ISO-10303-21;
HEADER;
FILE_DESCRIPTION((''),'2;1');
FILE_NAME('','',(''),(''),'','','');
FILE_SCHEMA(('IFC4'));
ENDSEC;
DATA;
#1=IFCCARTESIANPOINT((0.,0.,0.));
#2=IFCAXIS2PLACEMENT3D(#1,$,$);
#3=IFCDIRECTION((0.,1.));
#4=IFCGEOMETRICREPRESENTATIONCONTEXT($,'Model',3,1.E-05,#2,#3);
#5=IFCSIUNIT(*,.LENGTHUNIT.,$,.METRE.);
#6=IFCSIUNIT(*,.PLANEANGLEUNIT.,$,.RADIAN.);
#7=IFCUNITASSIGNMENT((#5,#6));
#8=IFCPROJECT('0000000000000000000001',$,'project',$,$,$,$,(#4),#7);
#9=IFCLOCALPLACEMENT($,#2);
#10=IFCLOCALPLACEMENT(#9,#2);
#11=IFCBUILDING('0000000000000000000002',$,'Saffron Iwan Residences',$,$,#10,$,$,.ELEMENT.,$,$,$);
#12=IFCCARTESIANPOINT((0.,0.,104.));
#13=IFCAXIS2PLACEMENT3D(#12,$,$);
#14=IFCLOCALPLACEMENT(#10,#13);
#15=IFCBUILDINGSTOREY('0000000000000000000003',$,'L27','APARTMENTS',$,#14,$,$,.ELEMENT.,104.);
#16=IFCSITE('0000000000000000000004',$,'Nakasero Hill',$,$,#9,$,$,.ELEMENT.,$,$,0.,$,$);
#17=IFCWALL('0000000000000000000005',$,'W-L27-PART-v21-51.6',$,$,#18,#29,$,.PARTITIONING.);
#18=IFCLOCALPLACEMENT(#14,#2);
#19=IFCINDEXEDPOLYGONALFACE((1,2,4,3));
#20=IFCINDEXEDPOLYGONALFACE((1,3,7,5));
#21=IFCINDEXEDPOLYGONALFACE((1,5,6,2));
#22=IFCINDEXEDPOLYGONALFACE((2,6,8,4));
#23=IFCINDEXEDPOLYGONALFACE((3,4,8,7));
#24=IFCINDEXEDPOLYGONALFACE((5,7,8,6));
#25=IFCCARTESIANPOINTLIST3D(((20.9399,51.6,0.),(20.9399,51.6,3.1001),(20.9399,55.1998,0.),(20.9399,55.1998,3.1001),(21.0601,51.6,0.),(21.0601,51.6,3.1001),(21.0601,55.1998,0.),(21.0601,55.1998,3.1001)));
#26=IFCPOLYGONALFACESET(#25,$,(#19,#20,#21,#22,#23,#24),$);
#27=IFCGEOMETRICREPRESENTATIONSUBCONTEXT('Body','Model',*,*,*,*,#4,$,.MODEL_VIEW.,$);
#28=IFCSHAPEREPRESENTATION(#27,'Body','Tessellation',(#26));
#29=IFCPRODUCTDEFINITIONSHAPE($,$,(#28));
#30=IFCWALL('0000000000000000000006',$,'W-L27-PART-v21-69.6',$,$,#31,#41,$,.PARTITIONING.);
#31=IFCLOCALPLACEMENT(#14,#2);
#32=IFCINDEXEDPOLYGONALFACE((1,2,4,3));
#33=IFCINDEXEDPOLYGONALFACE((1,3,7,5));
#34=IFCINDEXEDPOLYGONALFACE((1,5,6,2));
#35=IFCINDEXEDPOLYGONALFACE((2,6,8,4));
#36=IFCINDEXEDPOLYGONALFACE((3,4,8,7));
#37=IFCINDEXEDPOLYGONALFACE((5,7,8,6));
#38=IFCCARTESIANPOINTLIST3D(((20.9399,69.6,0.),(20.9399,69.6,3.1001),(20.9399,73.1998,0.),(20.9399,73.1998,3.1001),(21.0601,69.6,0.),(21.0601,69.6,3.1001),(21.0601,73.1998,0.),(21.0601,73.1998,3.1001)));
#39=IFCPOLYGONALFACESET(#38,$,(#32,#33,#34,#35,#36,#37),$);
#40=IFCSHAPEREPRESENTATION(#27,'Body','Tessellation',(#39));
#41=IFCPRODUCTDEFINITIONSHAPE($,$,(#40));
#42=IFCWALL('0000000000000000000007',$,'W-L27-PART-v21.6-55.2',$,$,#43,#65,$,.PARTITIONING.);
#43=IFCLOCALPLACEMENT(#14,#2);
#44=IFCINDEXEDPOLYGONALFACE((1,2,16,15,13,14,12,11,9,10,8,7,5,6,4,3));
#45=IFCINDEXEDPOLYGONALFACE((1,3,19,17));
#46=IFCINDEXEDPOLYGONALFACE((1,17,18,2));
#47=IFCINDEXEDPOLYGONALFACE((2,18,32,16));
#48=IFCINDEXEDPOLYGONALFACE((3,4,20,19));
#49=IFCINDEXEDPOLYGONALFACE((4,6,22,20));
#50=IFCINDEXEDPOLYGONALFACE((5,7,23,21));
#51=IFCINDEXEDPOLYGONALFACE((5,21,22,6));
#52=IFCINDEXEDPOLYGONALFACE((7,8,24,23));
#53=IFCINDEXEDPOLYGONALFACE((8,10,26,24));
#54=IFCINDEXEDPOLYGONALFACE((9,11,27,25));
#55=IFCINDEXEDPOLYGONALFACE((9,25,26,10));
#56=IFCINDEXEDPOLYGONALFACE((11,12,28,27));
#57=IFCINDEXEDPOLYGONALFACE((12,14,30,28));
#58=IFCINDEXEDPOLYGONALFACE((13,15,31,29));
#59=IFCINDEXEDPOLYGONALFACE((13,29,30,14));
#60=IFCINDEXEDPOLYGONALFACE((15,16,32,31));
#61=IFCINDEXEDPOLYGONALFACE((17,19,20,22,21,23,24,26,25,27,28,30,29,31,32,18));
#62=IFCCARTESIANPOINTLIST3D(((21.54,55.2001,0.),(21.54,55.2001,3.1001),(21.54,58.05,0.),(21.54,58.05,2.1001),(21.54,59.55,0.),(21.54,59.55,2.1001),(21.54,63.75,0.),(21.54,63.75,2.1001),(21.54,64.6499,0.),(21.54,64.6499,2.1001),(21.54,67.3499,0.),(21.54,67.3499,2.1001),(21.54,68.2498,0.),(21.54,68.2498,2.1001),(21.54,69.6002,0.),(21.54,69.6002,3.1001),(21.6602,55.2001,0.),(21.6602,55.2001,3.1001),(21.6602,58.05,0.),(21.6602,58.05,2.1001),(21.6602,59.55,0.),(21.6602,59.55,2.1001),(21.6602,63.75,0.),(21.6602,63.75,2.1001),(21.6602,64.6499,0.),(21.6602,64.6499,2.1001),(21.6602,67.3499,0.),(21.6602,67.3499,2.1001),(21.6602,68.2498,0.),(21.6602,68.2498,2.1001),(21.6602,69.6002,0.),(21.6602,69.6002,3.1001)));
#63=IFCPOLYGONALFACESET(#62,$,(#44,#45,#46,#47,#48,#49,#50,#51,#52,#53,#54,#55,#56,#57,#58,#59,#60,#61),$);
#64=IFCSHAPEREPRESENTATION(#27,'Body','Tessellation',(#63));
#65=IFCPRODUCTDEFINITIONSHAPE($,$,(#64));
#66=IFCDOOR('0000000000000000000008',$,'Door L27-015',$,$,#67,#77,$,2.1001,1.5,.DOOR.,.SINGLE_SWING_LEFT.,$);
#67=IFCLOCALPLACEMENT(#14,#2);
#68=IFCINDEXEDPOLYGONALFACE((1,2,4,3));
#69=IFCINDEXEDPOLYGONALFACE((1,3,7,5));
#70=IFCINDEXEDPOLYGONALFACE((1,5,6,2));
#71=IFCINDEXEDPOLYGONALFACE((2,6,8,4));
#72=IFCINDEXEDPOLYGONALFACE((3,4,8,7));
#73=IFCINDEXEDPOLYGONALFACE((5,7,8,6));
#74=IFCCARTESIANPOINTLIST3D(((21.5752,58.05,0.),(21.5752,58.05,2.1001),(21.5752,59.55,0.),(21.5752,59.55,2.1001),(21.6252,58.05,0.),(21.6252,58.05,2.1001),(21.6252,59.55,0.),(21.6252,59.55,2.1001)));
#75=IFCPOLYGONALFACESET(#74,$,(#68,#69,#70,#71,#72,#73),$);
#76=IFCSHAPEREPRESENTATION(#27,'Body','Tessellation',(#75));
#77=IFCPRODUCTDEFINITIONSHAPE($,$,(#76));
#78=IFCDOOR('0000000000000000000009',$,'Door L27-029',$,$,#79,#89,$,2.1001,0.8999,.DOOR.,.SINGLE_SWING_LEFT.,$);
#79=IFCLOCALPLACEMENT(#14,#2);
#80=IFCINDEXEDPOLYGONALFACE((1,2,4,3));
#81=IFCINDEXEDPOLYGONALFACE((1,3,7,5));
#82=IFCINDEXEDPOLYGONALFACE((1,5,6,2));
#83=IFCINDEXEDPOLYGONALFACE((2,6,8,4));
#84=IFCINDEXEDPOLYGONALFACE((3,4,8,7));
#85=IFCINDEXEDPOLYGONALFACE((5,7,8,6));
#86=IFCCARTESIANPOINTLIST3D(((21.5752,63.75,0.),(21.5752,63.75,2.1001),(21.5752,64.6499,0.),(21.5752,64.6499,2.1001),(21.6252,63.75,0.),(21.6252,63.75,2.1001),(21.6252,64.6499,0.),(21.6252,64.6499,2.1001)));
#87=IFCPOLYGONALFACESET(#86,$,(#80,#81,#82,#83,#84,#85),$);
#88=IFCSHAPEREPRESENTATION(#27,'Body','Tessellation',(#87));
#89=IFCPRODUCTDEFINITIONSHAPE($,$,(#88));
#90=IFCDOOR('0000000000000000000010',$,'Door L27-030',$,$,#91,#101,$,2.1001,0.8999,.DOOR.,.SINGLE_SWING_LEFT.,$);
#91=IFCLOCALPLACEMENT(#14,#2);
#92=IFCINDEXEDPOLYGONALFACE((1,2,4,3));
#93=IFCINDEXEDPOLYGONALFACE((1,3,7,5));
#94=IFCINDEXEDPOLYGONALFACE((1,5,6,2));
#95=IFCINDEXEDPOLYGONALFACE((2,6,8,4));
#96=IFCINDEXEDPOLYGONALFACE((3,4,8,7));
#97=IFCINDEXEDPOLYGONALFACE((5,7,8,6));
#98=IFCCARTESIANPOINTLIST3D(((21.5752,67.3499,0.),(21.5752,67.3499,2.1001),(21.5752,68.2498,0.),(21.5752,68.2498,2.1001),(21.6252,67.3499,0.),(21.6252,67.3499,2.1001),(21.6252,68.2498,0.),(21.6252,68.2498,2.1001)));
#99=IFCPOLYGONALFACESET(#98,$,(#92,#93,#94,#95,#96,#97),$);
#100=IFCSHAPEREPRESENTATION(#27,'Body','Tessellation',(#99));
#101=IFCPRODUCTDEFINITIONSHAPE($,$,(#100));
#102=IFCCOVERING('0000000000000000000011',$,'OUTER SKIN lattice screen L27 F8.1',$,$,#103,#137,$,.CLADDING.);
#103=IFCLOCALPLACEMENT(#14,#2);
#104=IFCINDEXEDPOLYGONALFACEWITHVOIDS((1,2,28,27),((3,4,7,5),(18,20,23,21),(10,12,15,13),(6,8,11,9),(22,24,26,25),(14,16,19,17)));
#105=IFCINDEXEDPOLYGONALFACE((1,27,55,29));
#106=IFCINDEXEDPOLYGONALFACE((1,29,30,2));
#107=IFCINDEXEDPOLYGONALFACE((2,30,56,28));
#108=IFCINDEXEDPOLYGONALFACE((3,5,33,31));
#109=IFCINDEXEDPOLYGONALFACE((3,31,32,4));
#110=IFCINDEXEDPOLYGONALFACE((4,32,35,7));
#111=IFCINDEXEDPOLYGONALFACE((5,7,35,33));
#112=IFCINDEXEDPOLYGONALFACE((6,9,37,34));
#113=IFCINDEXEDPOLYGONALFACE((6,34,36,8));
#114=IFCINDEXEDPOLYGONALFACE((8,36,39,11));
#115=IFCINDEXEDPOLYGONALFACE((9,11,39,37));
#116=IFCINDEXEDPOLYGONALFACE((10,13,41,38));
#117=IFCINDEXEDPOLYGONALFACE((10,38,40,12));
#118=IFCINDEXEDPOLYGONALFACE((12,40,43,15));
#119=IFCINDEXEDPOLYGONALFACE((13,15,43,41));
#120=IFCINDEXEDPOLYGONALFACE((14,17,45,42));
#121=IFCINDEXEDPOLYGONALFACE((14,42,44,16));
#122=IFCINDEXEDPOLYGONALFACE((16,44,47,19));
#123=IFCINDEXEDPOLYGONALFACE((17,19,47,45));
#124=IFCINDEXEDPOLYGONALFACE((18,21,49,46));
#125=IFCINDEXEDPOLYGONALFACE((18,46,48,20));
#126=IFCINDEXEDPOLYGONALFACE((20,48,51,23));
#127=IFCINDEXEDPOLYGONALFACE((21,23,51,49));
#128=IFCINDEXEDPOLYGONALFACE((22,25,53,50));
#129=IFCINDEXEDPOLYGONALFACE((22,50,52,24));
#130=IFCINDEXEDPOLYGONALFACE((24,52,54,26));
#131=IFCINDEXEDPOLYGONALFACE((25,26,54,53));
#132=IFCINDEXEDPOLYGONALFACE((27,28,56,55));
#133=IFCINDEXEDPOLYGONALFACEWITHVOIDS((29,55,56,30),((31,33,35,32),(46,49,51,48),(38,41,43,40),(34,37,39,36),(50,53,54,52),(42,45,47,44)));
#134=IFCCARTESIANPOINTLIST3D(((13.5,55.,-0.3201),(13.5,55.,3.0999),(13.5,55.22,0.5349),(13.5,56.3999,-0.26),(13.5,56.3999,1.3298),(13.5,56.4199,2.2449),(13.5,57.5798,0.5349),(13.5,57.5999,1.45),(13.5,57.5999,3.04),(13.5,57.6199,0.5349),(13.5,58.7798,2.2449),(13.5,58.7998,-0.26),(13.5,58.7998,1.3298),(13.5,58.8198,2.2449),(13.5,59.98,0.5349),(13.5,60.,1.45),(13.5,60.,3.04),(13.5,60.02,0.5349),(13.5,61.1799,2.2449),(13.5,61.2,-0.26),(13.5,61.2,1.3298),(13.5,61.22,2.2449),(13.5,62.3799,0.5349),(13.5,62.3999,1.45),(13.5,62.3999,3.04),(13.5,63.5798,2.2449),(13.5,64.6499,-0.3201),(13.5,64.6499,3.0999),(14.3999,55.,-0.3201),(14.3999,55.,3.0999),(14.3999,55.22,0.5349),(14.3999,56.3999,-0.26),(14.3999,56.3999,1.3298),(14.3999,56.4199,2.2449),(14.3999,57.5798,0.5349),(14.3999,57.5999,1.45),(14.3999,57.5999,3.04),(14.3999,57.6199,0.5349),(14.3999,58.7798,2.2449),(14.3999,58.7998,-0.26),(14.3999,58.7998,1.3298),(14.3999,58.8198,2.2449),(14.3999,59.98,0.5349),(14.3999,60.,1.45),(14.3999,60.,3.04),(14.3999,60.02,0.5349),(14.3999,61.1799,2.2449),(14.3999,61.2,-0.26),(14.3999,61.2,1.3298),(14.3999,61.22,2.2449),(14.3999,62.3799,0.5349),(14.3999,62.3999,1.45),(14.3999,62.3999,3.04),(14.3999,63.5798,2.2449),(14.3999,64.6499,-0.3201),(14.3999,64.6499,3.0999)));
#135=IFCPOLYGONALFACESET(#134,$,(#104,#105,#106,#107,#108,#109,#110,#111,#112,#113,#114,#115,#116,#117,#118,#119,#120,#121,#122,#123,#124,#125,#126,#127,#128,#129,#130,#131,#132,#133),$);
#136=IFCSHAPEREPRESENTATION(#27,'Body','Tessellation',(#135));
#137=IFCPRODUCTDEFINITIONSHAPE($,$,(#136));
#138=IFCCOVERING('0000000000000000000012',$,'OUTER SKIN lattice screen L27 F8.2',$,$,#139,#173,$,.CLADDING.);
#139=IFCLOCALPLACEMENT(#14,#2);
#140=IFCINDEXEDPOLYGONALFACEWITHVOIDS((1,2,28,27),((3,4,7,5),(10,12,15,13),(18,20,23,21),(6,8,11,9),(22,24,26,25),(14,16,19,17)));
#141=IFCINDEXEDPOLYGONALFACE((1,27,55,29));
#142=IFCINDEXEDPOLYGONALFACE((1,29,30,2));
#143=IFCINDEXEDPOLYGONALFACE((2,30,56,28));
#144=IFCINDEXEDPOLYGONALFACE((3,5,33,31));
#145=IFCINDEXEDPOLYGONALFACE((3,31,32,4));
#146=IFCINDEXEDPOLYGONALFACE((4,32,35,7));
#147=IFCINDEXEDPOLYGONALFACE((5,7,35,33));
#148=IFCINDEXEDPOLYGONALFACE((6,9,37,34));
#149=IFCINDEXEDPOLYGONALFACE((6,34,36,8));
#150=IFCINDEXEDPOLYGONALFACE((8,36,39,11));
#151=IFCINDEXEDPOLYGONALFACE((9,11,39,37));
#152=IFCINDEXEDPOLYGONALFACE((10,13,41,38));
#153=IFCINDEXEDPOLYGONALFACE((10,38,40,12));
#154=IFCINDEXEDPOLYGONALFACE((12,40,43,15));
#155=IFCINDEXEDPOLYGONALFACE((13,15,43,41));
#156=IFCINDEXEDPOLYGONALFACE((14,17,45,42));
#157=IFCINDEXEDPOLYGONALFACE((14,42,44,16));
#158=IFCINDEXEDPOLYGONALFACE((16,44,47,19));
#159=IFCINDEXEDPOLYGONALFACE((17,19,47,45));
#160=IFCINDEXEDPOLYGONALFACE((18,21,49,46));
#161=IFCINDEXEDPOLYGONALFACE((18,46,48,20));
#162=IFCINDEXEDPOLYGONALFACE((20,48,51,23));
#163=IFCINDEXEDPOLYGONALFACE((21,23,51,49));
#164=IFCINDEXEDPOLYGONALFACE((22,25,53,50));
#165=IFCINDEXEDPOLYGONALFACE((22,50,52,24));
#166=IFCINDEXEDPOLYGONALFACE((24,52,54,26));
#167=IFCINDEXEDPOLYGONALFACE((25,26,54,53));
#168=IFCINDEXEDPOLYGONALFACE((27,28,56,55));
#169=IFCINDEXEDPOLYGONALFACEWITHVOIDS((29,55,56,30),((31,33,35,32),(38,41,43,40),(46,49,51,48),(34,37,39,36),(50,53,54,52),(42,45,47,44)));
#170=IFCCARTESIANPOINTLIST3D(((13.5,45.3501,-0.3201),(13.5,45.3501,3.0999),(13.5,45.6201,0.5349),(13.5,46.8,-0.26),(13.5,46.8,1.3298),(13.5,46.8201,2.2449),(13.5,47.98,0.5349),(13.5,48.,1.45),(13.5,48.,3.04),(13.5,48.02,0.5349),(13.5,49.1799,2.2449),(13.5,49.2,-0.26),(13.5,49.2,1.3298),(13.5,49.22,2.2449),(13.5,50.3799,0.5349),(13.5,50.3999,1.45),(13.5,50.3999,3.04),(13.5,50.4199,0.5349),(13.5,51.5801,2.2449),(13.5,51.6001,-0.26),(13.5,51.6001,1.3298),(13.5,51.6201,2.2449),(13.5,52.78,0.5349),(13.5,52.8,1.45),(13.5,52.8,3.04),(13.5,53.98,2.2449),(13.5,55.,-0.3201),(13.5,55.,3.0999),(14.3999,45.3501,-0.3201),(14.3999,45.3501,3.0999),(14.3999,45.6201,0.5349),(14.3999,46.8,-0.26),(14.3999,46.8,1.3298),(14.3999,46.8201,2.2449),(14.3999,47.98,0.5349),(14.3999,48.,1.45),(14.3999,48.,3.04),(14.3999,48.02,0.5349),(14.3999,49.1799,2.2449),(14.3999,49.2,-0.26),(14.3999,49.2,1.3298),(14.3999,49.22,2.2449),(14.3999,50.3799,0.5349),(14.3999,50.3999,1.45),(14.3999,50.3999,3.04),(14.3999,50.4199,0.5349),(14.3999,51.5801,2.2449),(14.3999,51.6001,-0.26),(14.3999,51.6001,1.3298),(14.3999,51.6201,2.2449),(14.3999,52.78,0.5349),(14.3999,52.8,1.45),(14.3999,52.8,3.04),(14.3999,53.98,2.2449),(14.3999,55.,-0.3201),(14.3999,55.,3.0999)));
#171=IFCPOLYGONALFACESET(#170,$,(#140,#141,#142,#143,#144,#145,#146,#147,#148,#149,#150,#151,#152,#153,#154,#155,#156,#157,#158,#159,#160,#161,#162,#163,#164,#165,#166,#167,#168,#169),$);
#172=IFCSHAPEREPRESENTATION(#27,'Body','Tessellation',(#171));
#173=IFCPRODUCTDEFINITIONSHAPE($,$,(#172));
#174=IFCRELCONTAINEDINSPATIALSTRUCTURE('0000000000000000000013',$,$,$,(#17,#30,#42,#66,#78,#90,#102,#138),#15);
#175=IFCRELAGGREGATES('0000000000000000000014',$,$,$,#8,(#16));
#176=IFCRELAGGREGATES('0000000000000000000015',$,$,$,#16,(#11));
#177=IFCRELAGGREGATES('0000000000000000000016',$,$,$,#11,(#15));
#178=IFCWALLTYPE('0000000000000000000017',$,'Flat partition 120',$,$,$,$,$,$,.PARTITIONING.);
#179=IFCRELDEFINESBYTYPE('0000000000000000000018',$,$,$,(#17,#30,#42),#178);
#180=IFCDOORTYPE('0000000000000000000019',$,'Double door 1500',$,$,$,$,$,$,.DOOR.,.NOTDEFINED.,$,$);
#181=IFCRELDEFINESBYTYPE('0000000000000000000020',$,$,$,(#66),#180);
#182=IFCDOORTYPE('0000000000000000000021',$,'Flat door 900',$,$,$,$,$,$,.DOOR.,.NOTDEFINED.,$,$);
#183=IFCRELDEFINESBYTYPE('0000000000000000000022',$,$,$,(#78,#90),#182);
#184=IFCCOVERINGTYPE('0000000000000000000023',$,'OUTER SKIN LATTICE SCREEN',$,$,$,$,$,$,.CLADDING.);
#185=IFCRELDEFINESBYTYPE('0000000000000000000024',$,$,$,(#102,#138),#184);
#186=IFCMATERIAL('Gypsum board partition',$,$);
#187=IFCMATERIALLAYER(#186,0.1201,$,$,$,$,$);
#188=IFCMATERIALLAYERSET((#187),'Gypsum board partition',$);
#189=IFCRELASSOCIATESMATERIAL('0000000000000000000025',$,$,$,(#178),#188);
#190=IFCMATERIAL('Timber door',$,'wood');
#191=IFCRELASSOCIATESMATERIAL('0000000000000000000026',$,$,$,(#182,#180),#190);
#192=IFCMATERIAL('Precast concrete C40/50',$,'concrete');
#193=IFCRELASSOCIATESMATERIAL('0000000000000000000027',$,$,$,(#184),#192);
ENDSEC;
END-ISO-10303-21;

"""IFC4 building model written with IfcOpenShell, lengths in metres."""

from ifc_helpers import new_model, si_unit, direction, frame, frame_2d, origin, place, context, subcontext, project, spatial, polyline, rectangle, outline, extrude, material, layer, layer_set, type_object, element, fill, save


model = new_model("IFC4")

# Units and contexts
model_context = context("Model", 3, precision=1e-05, world=origin(), true_north=direction((0.0, 1.0)))
body_context = subcontext(model_context, "Body", "Model", "MODEL_VIEW")
ifc_project = project(units=[si_unit("LENGTHUNIT", "METRE"), si_unit("PLANEANGLEUNIT", "RADIAN")], contexts=[model_context])

# Site, building, storey
site_placement = place(None, origin())
site = spatial("IfcSite", under=ifc_project, at=site_placement, Name="Nakasero Hill", CompositionType="ELEMENT", RefElevation=0.0)
building_placement = place(site_placement, origin())
building = spatial("IfcBuilding", under=site, at=building_placement, Name="Saffron Iwan Residences", CompositionType="ELEMENT")
storey_placement = place(building_placement, frame((0.0, 0.0, 104.0)))
storey = spatial("IfcBuildingStorey", under=building, at=storey_placement, Name="L27", Description="APARTMENTS", CompositionType="ELEMENT", Elevation=104.0)

# Shared definitions
ifc_material_1 = material(Name="Gypsum board partition")
ifc_layer_1 = layer(ifc_material_1, 0.1201)
ifc_layer_set_1 = layer_set([ifc_layer_1], Name="Gypsum board partition")
wall_type_1 = type_object("IfcWallType", Name="Flat partition 120", PredefinedType="PARTITIONING", material=ifc_layer_set_1)

# Shared definitions
ifc_material_2 = material(Name="Timber door", Category="wood")

# Shared definitions
door_type_1 = type_object("IfcDoorType", Name="Flat door 900", OperationType="NOTDEFINED", PredefinedType="DOOR", material=ifc_material_2)

# Walls
for number, where, z_axis, x_axis, name in (
    (1, (21.0, 51.6001, 0.0), (0.0, 0.0, 1.0), (0.0, 1.0, 0.0), "W-L27-PART-v21-51.6"),
    (2, (21.0, 69.6001, 0.0), (0.0, 0.0, 1.0), (0.0, 1.0, 0.0), "W-L27-PART-v21-69.6"),
):
    element("IfcWall", number, at=place(storey_placement, frame(where, z_axis=z_axis, x_axis=x_axis)), inside=storey, type_object=wall_type_1, Name=name, PredefinedType="PARTITIONING", context=body_context, shape_type="SweptSolid", body=[
        extrude(rectangle(XDim=3.5999, YDim=0.1201, at=frame_2d((1.7998, 0.0))), origin(), (0.0, 0.0, 1.0), 3.1001),
    ])

# Wall, openings, doors
wall_1_placement = place(storey_placement, frame((21.6001, 55.2, 0.0), z_axis=(0.0, 0.0, 1.0), x_axis=(0.0, 1.0, 0.0)))
wall_1 = element("IfcWall", 3, at=wall_1_placement, inside=storey, type_object=wall_type_1, Name="W-L27-PART-v21.6-55.2", PredefinedType="PARTITIONING", context=body_context, shape_type="SweptSolid", body=[
    extrude(rectangle(XDim=14.4001, YDim=0.1201, at=frame_2d((7.2002, 0.0))), origin(), (0.0, 0.0, 1.0), 3.1001),
])
opening_1_placement = place(wall_1_placement, frame((2.8501, 0.0, 0.0)))
opening_1 = element("IfcOpeningElement", 4, at=opening_1_placement, cuts=wall_1, PredefinedType="OPENING", context=body_context, shape_type="SweptSolid", body=[
    extrude(rectangle(XDim=1.5, YDim=2.1001, at=frame_2d((0.75, 1.05))), frame((0.0, 0.0701, 0.0), z_axis=(0.0, -1.0, 0.0), x_axis=(1.0, 0.0, 0.0)), (0.0, 0.0, 1.0), 0.1401),
])
opening_2_placement = place(wall_1_placement, frame((8.55, 0.0, 0.0)))
opening_2 = element("IfcOpeningElement", 5, at=opening_2_placement, cuts=wall_1, PredefinedType="OPENING", context=body_context, shape_type="SweptSolid", body=[
    extrude(rectangle(XDim=0.8999, YDim=2.1001, at=frame_2d((0.45, 1.05))), frame((0.0, 0.0701, 0.0), z_axis=(0.0, -1.0, 0.0), x_axis=(1.0, 0.0, 0.0)), (0.0, 0.0, 1.0), 0.1401),
])
opening_3_placement = place(wall_1_placement, frame((12.1499, 0.0, 0.0)))
opening_3 = element("IfcOpeningElement", 6, at=opening_3_placement, cuts=wall_1, PredefinedType="OPENING", context=body_context, shape_type="SweptSolid", body=[
    extrude(rectangle(XDim=0.8999, YDim=2.1001, at=frame_2d((0.45, 1.05))), frame((0.0, 0.0701, 0.0), z_axis=(0.0, -1.0, 0.0), x_axis=(1.0, 0.0, 0.0)), (0.0, 0.0, 1.0), 0.1401),
])
door_type_2 = type_object("IfcDoorType", Name="Double door 1500", OperationType="NOTDEFINED", PredefinedType="DOOR", material=ifc_material_2)
door_1_placement = place(opening_1_placement, origin())
door_1 = element("IfcDoor", 7, at=door_1_placement, inside=storey, type_object=door_type_2, Name="Door L27-015", OperationType="SINGLE_SWING_LEFT", OverallHeight=2.1001, OverallWidth=1.5, PredefinedType="DOOR", context=body_context, shape_type="SweptSolid", body=[
    extrude(rectangle(XDim=1.5, YDim=2.1001, at=frame_2d((0.75, 1.05))), frame((0.0, 0.0249, 0.0), z_axis=(0.0, -1.0, 0.0), x_axis=(1.0, 0.0, 0.0)), (0.0, 0.0, 1.0), 0.05),
])
fill(opening_1, door_1)
door_2_placement = place(opening_2_placement, origin())
door_2 = element("IfcDoor", 8, at=door_2_placement, inside=storey, type_object=door_type_1, Name="Door L27-029", OperationType="SINGLE_SWING_LEFT", OverallHeight=2.1001, OverallWidth=0.8999, PredefinedType="DOOR", context=body_context, shape_type="SweptSolid", body=[
    extrude(rectangle(XDim=0.8999, YDim=2.1001, at=frame_2d((0.45, 1.05))), frame((0.0, 0.0249, 0.0), z_axis=(0.0, -1.0, 0.0), x_axis=(1.0, 0.0, 0.0)), (0.0, 0.0, 1.0), 0.05),
])
fill(opening_2, door_2)
door_3_placement = place(opening_3_placement, origin())
door_3 = element("IfcDoor", 9, at=door_3_placement, inside=storey, type_object=door_type_1, Name="Door L27-030", OperationType="SINGLE_SWING_LEFT", OverallHeight=2.1001, OverallWidth=0.8999, PredefinedType="DOOR", context=body_context, shape_type="SweptSolid", body=[
    extrude(rectangle(XDim=0.8999, YDim=2.1001, at=frame_2d((0.45, 1.05))), frame((0.0, 0.0249, 0.0), z_axis=(0.0, -1.0, 0.0), x_axis=(1.0, 0.0, 0.0)), (0.0, 0.0, 1.0), 0.05),
])
fill(opening_3, door_3)

# Coverings
ifc_material_3 = material(Name="Precast concrete C40/50", Category="concrete")
covering_type = type_object("IfcCoveringType", Name="OUTER SKIN LATTICE SCREEN", PredefinedType="CLADDING", material=ifc_material_3)
covering_1_placement = place(storey_placement, frame((14.3999, 64.6499, -0.3201), z_axis=(-1.0, 0.0, 0.0), x_axis=(0.0, -1.0, 0.0)))
element("IfcCovering", 10, at=covering_1_placement, inside=storey, type_object=covering_type, Name="OUTER SKIN lattice screen L27 F8.1", PredefinedType="CLADDING", context=body_context, shape_type="SweptSolid", body=[
    extrude(outline(polyline([(0.0, 0.0), (9.6499, 0.0), (9.6499, 3.4199), (0.0, 3.4199), (0.0, 0.0)]), holes=[polyline([(2.27, 0.855), (3.45, 0.0601), (4.6299, 0.855), (3.45, 1.6499), (2.27, 0.855)]), polyline([(4.6699, 0.855), (5.8501, 0.0601), (7.03, 0.855), (5.8501, 1.6499), (4.6699, 0.855)]), polyline([(7.0701, 0.855), (8.25, 0.0601), (9.4299, 0.855), (8.25, 1.6499), (7.0701, 0.855)]), polyline([(1.0701, 2.5649), (2.25, 1.77), (3.4299, 2.5649), (2.25, 3.3601), (1.0701, 2.5649)]), polyline([(3.47, 2.5649), (4.6499, 1.77), (5.8301, 2.5649), (4.6499, 3.3601), (3.47, 2.5649)]), polyline([(5.8701, 2.5649), (7.05, 1.77), (8.23, 2.5649), (7.05, 3.3601), (5.8701, 2.5649)])]), origin(), (0.0, 0.0, 1.0), 0.8999),
])
covering_2_placement = place(storey_placement, frame((14.3999, 55.0, -0.3201), z_axis=(-1.0, 0.0, 0.0), x_axis=(0.0, -1.0, 0.0)))
element("IfcCovering", 11, at=covering_2_placement, inside=storey, type_object=covering_type, Name="OUTER SKIN lattice screen L27 F8.2", PredefinedType="CLADDING", context=body_context, shape_type="SweptSolid", body=[
    extrude(outline(polyline([(0.0, 0.0), (9.6499, 0.0), (9.6499, 3.4199), (0.0, 3.4199), (0.0, 0.0)]), holes=[polyline([(2.22, 0.855), (3.3999, 0.0601), (4.5801, 0.855), (3.3999, 1.6499), (2.22, 0.855)]), polyline([(4.6201, 0.855), (5.8, 0.0601), (6.98, 0.855), (5.8, 1.6499), (4.6201, 0.855)]), polyline([(7.02, 0.855), (8.2, 0.0601), (9.3799, 0.855), (8.2, 1.6499), (7.02, 0.855)]), polyline([(1.02, 2.5649), (2.2, 1.77), (3.3799, 2.5649), (2.2, 3.3601), (1.02, 2.5649)]), polyline([(3.4199, 2.5649), (4.6001, 1.77), (5.78, 2.5649), (4.6001, 3.3601), (3.4199, 2.5649)]), polyline([(5.8201, 2.5649), (7.0, 1.77), (8.1799, 2.5649), (7.0, 3.3601), (5.8201, 2.5649)])]), origin(), (0.0, 0.0, 1.0), 0.8999),
])

save(model, "model.ifc")
